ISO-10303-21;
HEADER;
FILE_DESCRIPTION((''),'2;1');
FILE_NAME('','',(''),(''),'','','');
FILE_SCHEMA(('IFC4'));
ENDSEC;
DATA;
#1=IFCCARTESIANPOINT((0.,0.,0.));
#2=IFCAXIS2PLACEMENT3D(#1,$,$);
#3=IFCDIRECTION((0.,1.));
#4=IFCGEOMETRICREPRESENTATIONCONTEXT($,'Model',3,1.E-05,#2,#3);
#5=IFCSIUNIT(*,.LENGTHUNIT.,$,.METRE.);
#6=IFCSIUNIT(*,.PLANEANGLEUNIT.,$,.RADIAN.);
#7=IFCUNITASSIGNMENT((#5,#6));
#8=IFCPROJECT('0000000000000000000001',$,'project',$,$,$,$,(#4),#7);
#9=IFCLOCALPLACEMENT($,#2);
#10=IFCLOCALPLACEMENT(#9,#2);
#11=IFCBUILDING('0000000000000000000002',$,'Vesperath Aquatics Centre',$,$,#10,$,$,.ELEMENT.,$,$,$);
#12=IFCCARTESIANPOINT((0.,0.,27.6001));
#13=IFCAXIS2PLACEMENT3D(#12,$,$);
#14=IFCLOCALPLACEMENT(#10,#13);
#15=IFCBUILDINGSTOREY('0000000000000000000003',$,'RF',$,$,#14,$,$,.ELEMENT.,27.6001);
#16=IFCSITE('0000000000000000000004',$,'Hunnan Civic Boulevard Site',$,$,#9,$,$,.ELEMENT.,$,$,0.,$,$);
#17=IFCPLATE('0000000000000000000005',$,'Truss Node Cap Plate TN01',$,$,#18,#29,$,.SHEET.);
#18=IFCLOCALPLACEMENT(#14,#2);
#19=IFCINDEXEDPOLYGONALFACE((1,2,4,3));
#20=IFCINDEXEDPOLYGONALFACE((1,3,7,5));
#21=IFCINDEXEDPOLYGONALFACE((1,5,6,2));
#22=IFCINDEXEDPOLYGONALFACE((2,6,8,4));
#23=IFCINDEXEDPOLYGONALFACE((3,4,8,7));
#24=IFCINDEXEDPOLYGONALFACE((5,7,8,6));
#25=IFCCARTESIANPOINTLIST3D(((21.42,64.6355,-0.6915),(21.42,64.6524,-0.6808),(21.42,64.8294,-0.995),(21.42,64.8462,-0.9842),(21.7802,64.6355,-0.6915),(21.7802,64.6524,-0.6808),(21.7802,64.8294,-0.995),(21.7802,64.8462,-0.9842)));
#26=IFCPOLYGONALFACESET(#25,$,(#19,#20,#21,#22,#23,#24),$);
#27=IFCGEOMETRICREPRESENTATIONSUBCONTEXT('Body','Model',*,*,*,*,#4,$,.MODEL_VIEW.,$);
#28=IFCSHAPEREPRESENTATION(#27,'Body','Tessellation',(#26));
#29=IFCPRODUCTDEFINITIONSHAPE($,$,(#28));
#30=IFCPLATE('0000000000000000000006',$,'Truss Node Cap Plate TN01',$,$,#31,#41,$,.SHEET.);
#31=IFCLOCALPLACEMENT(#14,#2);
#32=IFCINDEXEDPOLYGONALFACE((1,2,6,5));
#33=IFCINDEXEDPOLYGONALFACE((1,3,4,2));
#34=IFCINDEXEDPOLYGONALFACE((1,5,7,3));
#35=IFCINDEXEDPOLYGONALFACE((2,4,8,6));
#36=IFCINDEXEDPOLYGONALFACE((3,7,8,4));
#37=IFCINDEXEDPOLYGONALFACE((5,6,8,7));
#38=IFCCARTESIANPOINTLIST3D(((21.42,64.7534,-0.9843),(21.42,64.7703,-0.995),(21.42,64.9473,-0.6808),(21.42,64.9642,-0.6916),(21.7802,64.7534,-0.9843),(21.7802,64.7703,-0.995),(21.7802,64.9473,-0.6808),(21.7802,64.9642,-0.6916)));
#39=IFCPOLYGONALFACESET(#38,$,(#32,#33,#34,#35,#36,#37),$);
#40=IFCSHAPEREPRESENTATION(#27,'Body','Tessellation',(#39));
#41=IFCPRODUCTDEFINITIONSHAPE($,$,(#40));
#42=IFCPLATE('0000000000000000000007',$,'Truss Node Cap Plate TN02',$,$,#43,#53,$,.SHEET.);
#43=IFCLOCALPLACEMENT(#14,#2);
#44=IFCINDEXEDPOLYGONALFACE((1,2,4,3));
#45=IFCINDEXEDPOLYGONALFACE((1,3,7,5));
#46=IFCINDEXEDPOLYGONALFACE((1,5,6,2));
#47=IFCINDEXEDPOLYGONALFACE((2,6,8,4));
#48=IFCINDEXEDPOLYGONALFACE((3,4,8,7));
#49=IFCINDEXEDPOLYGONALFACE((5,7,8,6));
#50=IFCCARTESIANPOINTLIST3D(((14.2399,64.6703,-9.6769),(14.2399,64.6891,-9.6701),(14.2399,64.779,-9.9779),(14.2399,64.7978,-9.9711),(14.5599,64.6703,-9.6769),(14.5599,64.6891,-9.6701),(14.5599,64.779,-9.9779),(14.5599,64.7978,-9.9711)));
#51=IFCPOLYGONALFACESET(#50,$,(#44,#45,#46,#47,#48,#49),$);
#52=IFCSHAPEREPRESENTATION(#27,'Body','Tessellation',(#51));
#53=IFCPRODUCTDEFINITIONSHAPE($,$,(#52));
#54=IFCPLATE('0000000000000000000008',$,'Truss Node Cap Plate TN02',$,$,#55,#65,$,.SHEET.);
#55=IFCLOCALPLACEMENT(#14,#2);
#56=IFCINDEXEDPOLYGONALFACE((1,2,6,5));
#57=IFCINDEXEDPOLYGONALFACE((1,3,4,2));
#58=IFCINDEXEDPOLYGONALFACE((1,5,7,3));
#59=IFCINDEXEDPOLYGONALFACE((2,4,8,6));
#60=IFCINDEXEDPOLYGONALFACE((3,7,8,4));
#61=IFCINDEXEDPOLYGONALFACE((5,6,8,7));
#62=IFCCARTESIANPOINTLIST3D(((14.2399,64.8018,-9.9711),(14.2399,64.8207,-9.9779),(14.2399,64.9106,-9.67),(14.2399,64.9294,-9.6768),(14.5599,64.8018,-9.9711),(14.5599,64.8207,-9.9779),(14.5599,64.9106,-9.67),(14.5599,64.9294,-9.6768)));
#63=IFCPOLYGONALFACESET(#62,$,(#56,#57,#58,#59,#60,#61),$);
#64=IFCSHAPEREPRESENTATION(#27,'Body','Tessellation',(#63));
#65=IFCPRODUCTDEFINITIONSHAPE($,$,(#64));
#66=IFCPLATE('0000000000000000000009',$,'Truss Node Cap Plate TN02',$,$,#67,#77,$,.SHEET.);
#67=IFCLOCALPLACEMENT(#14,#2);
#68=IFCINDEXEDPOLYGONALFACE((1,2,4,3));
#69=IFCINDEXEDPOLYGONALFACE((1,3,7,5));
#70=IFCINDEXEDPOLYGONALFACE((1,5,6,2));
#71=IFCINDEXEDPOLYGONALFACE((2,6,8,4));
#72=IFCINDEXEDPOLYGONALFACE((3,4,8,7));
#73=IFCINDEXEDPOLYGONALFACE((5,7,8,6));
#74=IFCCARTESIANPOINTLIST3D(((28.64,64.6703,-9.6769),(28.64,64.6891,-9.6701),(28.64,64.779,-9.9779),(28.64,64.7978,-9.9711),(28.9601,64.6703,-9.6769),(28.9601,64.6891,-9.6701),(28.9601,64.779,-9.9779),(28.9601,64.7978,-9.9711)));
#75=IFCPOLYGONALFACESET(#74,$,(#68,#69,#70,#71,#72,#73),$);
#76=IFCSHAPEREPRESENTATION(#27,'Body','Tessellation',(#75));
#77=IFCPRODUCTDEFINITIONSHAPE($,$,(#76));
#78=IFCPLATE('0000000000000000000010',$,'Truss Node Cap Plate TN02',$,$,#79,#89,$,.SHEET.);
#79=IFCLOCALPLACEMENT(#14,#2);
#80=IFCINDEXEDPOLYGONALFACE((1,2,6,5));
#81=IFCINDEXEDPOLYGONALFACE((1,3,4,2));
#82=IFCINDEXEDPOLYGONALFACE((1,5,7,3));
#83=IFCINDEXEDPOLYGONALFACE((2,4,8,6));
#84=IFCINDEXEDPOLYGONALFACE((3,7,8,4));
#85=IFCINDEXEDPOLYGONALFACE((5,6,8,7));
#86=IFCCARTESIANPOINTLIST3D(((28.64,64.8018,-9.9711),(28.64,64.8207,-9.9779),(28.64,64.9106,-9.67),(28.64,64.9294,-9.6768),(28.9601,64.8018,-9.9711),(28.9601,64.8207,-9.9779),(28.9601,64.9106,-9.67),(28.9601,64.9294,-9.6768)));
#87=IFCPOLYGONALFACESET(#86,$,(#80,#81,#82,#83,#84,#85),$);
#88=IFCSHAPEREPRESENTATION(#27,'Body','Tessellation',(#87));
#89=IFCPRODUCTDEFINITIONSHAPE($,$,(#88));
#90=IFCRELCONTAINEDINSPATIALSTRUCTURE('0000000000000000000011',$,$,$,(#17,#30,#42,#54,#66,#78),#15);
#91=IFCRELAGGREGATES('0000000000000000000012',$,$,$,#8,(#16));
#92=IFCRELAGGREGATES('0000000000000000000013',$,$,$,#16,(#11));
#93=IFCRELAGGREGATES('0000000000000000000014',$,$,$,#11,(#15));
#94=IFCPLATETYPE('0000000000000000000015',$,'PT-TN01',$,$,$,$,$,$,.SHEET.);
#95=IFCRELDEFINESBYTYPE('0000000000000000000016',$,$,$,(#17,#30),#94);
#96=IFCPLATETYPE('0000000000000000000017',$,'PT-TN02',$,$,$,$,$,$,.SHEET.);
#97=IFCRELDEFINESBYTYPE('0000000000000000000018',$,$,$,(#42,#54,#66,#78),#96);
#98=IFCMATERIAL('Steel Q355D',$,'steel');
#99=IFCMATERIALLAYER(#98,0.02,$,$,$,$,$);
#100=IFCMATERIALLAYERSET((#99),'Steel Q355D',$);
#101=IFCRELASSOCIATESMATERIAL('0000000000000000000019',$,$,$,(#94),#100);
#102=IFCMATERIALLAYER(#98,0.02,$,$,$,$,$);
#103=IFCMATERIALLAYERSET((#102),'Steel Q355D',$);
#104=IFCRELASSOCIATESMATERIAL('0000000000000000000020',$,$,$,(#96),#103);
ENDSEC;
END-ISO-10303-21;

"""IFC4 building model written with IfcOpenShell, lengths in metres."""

from ifc_helpers import new_model, si_unit, direction, frame, origin, origin_2d, place, context, subcontext, project, spatial, rectangle, extrude, material, layer, layer_set, type_object, element, save


model = new_model("IFC4")

# Units and contexts
model_context = context("Model", 3, precision=1e-05, world=origin(), true_north=direction((0.0, 1.0)))
body_context = subcontext(model_context, "Body", "Model", "MODEL_VIEW")
ifc_project = project(units=[si_unit("LENGTHUNIT", "METRE"), si_unit("PLANEANGLEUNIT", "RADIAN")], contexts=[model_context])

# Site, building, storey
site_placement = place(None, origin())
site = spatial("IfcSite", under=ifc_project, at=site_placement, Name="Hunnan Civic Boulevard Site", CompositionType="ELEMENT", RefElevation=0.0)
building_placement = place(site_placement, origin())
building = spatial("IfcBuilding", under=site, at=building_placement, Name="Vesperath Aquatics Centre", CompositionType="ELEMENT")
storey_placement = place(building_placement, frame((0.0, 0.0, 27.6001)))
storey = spatial("IfcBuildingStorey", under=building, at=storey_placement, Name="RF", CompositionType="ELEMENT", Elevation=27.6001)

# Shared definitions
ifc_material_1 = material(Name="Steel Q355D", Category="steel")

# Plates
ifc_layer_1 = layer(ifc_material_1, 0.02)
ifc_layer_set_1 = layer_set([ifc_layer_1], Name="Steel Q355D")
plate_type_1 = type_object("IfcPlateType", Name="PT-TN01", PredefinedType="SHEET", material=ifc_layer_set_1)
for number, where, z_axis, x_axis, name in (
    (1, (21.6001, 64.7324, -0.8433), (0.0, 0.842696, 0.538389), (-1.0, 0.0, 0.0), "Truss Node Cap Plate TN01"),
    (2, (21.6001, 64.8503, -0.8325), (0.0, 0.842696, -0.538389), (-1.0, 0.0, 0.0), "Truss Node Cap Plate TN01"),
):
    element("IfcPlate", number, at=place(storey_placement, frame(where, z_axis=z_axis, x_axis=x_axis)), inside=storey, type_object=plate_type_1, Name=name, PredefinedType="SHEET", context=body_context, shape_type="SweptSolid", body=[
        extrude(rectangle(XDim=0.3601, YDim=0.3601, at=origin_2d()), origin(), (0.0, 0.0, 1.0), 0.02),
    ])
ifc_layer_2 = layer(ifc_material_1, 0.02)
ifc_layer_set_2 = layer_set([ifc_layer_2], Name="Steel Q355D")
plate_type_2 = type_object("IfcPlateType", Name="PT-TN02", PredefinedType="SHEET", material=ifc_layer_set_2)
for number, where, z_axis, x_axis, name in (
    (3, (14.3999, 64.7246, -9.8274), (0.0, 0.940554, 0.339644), (-1.0, 0.0, 0.0), "Truss Node Cap Plate TN02"),
    (4, (14.3999, 64.8562, -9.8206), (0.0, 0.940554, -0.339644), (-1.0, 0.0, 0.0), "Truss Node Cap Plate TN02"),
    (5, (28.8, 64.7246, -9.8274), (0.0, 0.940554, 0.339644), (-1.0, 0.0, 0.0), "Truss Node Cap Plate TN02"),
    (6, (28.8, 64.8562, -9.8206), (0.0, 0.940554, -0.339644), (-1.0, 0.0, 0.0), "Truss Node Cap Plate TN02"),
):
    element("IfcPlate", number, at=place(storey_placement, frame(where, z_axis=z_axis, x_axis=x_axis)), inside=storey, type_object=plate_type_2, Name=name, PredefinedType="SHEET", context=body_context, shape_type="SweptSolid", body=[
        extrude(rectangle(XDim=0.3201, YDim=0.3201, at=origin_2d()), origin(), (0.0, 0.0, 1.0), 0.02),
    ])

save(model, "model.ifc")
